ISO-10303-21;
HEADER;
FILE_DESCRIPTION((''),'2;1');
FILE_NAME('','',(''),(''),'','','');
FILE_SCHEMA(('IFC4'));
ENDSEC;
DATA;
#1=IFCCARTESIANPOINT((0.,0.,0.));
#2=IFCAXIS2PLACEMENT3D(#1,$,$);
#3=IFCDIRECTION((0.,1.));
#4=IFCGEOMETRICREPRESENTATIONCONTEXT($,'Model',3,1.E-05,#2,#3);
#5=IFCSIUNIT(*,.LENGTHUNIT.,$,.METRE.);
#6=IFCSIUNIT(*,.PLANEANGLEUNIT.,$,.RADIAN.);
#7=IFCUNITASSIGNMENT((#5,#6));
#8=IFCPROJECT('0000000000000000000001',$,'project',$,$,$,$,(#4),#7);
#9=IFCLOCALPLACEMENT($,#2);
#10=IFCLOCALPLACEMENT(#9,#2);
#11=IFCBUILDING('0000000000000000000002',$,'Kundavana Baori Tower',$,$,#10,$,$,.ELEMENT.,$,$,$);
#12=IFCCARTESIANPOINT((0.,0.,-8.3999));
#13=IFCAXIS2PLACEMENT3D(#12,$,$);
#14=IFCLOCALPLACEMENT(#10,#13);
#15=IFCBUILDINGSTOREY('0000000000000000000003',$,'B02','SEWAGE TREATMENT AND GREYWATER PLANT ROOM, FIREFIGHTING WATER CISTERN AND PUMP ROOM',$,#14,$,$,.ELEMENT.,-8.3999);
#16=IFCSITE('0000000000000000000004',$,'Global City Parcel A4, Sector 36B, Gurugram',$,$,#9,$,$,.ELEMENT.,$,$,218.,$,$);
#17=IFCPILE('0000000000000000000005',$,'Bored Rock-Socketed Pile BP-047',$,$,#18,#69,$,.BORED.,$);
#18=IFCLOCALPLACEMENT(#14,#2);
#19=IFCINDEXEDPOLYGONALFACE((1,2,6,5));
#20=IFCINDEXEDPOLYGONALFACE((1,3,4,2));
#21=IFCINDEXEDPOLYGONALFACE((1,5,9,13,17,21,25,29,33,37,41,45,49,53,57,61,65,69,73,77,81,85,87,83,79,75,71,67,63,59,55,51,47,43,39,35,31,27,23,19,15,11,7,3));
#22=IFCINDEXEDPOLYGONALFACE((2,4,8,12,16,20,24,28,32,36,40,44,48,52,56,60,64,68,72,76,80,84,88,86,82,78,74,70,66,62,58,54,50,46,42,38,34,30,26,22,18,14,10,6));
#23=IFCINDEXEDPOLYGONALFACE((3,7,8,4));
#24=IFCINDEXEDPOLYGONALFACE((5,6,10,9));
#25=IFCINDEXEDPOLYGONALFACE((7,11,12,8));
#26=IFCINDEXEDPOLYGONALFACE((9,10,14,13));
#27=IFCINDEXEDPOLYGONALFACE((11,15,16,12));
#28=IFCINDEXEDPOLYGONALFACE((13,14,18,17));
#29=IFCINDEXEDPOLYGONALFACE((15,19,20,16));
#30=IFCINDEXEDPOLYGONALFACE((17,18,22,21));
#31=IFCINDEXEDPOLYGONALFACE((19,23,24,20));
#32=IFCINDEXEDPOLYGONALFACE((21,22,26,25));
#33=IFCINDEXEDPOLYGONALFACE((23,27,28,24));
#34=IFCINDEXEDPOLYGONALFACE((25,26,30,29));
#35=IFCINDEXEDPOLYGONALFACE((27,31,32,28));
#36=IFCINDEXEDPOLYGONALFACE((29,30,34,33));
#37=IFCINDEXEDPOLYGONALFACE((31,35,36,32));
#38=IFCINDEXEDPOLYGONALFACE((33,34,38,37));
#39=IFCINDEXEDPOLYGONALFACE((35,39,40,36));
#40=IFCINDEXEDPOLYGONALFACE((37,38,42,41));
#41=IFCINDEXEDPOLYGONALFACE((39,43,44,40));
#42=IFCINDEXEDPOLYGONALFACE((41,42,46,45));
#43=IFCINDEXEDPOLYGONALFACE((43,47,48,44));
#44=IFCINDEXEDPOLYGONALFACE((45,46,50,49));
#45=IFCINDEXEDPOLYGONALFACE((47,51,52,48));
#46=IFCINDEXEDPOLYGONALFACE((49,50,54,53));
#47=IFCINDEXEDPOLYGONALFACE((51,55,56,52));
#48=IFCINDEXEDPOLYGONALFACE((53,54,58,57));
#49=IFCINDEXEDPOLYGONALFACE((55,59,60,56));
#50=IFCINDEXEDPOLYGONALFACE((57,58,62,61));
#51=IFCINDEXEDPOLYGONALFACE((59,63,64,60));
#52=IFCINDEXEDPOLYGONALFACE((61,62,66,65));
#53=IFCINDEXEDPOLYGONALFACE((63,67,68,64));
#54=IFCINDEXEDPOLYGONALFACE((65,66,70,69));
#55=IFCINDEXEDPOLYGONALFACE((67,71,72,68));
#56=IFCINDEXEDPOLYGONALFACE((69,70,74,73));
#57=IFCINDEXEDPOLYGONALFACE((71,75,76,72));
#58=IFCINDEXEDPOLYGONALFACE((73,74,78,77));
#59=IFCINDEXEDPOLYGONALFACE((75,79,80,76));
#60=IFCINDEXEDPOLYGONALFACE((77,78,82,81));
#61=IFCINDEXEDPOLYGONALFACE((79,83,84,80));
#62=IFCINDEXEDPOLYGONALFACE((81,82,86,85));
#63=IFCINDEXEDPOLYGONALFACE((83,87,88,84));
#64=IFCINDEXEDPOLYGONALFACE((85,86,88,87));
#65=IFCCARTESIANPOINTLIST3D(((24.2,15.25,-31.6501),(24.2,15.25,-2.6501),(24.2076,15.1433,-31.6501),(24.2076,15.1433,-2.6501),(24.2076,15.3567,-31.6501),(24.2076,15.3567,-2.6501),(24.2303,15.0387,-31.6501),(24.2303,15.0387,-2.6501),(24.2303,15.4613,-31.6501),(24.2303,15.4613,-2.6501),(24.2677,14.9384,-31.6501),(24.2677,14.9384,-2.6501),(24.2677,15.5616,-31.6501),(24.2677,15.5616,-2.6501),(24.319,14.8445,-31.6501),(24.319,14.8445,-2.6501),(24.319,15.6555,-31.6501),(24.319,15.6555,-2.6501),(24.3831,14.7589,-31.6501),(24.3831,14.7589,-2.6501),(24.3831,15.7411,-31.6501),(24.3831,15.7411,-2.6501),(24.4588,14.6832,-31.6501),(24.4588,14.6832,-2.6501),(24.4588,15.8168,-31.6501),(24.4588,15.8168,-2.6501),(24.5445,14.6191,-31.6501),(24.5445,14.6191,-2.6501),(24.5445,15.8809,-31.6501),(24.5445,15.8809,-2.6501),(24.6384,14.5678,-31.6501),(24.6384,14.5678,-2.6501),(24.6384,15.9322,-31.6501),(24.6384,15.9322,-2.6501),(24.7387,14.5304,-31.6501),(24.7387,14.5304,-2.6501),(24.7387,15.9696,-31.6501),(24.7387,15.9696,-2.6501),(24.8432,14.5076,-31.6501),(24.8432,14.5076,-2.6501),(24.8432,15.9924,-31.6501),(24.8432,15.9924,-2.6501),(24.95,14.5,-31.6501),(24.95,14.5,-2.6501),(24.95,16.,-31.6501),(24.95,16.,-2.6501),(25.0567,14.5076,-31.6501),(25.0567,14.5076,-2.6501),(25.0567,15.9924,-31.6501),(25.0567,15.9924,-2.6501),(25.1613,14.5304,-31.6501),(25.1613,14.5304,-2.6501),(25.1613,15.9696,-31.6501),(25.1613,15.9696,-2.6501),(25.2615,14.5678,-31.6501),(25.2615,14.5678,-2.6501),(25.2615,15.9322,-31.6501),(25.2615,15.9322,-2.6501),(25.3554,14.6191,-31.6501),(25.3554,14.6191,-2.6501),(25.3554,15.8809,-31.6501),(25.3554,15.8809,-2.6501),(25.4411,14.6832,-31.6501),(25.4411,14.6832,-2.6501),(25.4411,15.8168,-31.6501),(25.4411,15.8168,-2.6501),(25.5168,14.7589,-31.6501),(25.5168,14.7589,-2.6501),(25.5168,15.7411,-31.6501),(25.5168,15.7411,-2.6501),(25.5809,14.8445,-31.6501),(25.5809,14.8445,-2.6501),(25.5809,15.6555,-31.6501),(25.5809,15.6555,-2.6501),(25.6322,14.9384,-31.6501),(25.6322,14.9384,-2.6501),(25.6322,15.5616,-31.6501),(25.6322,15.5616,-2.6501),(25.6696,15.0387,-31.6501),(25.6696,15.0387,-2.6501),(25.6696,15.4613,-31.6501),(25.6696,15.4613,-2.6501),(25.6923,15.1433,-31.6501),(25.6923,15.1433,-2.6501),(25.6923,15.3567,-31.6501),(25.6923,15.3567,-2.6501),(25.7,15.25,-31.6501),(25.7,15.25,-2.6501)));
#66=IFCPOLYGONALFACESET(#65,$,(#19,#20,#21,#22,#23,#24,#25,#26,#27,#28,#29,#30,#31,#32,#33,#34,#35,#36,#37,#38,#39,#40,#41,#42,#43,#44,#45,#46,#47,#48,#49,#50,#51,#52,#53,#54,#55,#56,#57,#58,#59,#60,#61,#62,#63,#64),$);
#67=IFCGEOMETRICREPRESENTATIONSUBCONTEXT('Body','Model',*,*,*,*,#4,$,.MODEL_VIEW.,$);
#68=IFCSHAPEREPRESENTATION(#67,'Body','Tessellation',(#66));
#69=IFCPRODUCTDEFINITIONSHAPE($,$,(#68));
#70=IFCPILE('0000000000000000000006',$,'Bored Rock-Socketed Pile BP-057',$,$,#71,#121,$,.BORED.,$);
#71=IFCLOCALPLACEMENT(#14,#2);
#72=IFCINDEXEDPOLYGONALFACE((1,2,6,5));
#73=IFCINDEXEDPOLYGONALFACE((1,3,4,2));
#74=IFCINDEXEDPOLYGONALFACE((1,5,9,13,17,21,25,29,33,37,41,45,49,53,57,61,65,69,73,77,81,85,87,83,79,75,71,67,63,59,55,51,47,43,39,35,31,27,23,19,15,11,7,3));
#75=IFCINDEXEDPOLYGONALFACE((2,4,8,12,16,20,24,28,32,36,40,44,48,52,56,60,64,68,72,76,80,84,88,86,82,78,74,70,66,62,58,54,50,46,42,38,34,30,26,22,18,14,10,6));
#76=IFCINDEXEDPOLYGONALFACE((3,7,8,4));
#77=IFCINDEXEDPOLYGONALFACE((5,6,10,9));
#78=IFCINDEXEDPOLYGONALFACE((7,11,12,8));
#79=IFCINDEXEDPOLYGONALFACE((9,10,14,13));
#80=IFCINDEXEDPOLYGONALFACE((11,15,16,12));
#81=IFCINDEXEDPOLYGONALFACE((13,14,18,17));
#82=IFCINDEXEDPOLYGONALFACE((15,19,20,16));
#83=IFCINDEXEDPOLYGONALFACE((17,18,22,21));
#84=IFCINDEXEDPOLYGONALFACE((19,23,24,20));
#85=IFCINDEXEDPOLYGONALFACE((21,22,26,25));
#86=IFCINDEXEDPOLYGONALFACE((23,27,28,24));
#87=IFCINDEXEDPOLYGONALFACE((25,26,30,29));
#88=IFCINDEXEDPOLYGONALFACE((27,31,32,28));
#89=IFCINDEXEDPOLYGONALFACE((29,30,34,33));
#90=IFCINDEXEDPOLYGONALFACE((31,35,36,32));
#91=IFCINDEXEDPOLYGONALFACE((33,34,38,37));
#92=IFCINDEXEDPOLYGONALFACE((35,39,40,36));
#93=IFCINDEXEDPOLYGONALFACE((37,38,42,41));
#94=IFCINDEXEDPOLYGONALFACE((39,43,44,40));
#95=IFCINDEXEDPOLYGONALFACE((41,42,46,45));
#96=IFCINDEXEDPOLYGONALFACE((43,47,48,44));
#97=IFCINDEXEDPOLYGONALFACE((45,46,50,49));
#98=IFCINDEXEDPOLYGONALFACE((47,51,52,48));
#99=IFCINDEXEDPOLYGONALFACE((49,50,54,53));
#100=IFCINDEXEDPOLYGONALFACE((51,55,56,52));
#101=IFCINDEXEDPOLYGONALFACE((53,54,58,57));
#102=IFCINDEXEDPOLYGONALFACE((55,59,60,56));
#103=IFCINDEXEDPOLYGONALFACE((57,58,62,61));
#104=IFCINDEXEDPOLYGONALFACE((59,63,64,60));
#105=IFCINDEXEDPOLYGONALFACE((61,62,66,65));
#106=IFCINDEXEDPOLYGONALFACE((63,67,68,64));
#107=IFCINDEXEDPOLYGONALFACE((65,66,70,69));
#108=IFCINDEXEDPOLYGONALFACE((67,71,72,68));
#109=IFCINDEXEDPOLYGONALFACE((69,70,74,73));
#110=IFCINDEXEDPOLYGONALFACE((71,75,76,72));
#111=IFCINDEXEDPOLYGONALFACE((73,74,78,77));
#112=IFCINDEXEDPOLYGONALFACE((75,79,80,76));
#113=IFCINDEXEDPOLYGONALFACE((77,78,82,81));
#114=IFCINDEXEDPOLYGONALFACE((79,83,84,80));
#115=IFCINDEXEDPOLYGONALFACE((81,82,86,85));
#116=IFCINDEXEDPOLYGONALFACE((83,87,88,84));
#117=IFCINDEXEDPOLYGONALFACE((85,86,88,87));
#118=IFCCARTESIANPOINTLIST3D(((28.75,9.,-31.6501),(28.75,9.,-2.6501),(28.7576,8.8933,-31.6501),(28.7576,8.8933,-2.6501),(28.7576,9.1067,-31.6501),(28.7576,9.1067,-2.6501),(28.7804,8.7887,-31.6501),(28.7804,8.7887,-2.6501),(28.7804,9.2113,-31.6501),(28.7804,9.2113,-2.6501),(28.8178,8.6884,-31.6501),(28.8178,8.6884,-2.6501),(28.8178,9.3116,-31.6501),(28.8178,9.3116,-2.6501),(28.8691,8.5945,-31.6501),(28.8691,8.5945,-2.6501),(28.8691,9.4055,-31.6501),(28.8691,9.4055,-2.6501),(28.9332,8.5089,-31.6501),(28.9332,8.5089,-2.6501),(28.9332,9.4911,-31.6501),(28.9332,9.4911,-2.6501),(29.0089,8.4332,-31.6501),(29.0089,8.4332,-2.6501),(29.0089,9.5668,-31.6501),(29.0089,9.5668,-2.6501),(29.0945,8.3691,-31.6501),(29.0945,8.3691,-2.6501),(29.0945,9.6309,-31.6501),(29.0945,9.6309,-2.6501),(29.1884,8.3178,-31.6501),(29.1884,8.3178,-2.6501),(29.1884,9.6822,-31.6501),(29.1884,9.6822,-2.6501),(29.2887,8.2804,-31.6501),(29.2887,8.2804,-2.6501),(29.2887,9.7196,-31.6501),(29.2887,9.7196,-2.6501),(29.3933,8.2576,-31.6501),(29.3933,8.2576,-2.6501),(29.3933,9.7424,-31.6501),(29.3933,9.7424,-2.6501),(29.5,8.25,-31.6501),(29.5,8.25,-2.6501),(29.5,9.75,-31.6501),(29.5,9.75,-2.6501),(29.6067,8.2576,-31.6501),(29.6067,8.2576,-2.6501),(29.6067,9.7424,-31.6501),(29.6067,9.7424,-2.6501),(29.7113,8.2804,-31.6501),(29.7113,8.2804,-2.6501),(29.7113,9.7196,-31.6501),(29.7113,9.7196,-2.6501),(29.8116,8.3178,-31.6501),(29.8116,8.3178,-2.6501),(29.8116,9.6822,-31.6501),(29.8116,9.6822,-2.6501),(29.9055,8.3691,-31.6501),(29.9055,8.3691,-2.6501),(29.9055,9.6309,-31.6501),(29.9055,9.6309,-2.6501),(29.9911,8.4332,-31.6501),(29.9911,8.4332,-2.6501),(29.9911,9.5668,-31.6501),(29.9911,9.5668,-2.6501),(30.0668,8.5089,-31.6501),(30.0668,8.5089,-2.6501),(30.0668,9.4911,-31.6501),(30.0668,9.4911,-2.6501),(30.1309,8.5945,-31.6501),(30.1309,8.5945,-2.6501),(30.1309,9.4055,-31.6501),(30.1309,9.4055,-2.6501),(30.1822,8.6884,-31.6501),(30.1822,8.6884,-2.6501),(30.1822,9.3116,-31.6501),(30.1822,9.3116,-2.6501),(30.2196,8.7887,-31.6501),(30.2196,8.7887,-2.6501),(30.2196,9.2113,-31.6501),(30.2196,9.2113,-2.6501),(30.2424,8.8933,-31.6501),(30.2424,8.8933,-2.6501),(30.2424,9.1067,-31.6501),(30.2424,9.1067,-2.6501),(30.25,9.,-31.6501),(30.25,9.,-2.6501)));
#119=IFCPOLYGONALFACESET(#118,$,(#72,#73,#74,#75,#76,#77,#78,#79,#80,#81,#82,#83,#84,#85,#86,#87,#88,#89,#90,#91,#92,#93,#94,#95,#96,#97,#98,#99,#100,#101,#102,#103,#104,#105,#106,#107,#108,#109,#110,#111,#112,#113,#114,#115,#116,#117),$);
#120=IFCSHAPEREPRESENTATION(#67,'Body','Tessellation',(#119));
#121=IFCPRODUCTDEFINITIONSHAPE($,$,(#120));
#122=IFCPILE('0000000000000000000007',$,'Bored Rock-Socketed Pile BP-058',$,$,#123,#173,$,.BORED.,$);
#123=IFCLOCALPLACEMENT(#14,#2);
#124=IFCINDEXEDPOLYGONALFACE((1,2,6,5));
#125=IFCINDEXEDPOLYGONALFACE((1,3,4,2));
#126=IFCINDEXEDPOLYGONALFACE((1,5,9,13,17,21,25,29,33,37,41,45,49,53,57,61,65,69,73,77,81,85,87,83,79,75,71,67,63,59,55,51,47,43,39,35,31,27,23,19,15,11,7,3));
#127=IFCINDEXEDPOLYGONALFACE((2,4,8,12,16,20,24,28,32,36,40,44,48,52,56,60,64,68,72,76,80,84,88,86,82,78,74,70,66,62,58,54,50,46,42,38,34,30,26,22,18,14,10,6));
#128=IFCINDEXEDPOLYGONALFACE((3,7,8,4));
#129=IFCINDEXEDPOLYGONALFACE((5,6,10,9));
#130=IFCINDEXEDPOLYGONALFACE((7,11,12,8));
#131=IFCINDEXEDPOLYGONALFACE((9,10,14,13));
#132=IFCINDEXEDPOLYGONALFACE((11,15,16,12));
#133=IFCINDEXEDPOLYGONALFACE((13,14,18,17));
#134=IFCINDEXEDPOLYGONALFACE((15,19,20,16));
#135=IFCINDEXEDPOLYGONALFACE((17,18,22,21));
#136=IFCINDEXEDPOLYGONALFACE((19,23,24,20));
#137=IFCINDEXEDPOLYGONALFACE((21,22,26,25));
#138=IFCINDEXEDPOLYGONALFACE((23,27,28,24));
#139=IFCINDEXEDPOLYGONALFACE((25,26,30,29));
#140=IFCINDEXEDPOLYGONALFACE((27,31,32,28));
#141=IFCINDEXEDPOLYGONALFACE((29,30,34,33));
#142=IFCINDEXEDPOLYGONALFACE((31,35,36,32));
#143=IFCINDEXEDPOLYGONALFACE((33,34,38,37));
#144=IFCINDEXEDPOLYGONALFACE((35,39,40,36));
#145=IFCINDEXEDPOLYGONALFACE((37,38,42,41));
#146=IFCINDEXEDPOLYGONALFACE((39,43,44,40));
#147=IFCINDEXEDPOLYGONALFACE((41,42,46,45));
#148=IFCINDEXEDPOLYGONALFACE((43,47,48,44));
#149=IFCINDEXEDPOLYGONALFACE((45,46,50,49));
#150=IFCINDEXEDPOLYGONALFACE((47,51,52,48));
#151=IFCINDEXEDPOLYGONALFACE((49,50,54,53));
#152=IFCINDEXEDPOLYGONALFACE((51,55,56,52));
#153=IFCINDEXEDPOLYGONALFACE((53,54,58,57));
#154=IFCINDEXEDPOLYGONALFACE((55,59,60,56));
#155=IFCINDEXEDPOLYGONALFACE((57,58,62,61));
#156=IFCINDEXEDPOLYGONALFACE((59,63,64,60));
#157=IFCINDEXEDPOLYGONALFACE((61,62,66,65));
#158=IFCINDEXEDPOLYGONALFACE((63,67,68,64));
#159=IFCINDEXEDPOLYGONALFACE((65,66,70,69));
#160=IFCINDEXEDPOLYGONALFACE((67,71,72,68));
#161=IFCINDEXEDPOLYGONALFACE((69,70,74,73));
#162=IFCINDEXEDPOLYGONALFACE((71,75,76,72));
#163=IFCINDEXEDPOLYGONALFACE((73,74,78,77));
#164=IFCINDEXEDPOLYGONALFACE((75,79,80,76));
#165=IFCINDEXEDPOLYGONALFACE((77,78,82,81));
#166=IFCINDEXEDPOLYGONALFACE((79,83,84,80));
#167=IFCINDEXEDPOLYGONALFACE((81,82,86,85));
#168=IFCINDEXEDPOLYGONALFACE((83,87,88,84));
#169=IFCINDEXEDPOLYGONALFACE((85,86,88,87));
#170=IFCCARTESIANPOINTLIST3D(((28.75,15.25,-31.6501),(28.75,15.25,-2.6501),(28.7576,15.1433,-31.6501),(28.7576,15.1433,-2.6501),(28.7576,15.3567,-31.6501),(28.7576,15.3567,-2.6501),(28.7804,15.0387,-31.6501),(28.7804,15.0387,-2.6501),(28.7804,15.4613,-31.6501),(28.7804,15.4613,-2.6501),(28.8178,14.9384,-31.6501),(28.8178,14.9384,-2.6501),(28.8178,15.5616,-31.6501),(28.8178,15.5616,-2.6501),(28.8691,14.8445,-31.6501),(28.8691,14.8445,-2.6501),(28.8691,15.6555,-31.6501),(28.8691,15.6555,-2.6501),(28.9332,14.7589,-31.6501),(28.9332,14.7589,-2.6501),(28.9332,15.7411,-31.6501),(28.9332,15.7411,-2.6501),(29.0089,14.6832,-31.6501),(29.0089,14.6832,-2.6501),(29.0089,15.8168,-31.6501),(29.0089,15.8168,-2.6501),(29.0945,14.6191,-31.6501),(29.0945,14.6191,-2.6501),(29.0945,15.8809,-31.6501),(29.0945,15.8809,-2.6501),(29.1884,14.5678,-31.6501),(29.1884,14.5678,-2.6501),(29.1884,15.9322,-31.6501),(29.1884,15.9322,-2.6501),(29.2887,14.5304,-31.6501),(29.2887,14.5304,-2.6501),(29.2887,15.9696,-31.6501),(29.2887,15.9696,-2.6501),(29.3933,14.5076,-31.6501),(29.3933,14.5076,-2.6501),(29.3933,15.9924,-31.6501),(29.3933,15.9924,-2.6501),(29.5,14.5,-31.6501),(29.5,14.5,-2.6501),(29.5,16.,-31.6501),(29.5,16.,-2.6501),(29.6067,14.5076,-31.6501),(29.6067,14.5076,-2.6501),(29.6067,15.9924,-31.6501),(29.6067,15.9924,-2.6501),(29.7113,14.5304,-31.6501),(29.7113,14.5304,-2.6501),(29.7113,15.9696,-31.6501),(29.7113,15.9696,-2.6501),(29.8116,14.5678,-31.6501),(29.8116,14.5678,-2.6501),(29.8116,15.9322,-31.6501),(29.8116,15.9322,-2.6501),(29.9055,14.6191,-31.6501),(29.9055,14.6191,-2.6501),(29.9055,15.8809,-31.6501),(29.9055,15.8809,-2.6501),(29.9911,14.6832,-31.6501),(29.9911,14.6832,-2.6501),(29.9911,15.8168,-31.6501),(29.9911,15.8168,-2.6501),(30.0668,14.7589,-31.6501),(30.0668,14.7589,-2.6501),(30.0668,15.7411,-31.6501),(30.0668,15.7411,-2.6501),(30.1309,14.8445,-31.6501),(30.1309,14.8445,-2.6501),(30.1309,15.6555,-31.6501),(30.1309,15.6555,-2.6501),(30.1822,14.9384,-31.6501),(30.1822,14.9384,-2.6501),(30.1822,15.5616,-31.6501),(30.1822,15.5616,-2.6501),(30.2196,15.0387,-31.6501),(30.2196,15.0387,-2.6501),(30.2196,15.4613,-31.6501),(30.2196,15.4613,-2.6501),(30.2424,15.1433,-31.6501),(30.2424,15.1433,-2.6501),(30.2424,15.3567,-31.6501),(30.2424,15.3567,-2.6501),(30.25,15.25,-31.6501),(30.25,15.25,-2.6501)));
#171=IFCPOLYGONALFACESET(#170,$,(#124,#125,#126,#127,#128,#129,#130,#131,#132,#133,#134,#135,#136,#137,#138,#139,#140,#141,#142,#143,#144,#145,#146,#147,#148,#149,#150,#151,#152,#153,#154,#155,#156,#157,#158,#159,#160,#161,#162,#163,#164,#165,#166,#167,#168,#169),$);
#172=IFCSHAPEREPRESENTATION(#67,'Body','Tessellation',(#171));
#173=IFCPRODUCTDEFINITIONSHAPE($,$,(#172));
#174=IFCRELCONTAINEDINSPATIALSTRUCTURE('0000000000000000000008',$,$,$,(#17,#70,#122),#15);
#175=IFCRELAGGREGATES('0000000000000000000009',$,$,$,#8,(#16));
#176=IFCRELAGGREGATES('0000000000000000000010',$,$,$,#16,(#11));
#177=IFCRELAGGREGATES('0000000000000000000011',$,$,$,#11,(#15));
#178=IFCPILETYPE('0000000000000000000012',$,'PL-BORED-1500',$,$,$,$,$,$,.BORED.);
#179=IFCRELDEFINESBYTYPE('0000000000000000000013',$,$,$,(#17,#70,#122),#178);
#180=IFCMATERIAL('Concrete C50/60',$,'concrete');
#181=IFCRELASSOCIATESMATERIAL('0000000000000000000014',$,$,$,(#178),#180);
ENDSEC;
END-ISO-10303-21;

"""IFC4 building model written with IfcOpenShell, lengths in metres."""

from ifc_helpers import new_model, si_unit, direction, frame, origin, origin_2d, place, context, subcontext, project, spatial, circle, extrude, material, material_profile, profile_set, type_object, element, save


model = new_model("IFC4")

# Units and contexts
model_context = context("Model", 3, precision=1e-05, world=origin(), true_north=direction((0.0, 1.0)))
body_context = subcontext(model_context, "Body", "Model", "MODEL_VIEW")
ifc_project = project(units=[si_unit("LENGTHUNIT", "METRE"), si_unit("PLANEANGLEUNIT", "RADIAN")], contexts=[model_context])

# Site, building, storey
site_placement = place(None, origin())
site = spatial("IfcSite", under=ifc_project, at=site_placement, Name="Global City Parcel A4, Sector 36B, Gurugram", CompositionType="ELEMENT", RefElevation=218.0)
building_placement = place(site_placement, origin())
building = spatial("IfcBuilding", under=site, at=building_placement, Name="Kundavana Baori Tower", CompositionType="ELEMENT")
storey_placement = place(building_placement, frame((0.0, 0.0, -8.3999)))
storey = spatial("IfcBuildingStorey", under=building, at=storey_placement, Name="B02", Description="SEWAGE TREATMENT AND GREYWATER PLANT ROOM, FIREFIGHTING WATER CISTERN AND PUMP ROOM", CompositionType="ELEMENT", Elevation=-8.3999)

# Piles
ifc_material_1 = material(Name="Concrete C50/60", Category="concrete")
ifc_material_profile_1 = material_profile(ifc_material_1, circle(Radius=0.75, at=origin_2d()), Name="BORED PILE D1500")
ifc_profile_set_1 = profile_set([ifc_material_profile_1], Name="Concrete C50/60")
pile_type_1 = type_object("IfcPileType", Name="PL-BORED-1500", PredefinedType="BORED", material=ifc_profile_set_1)
for number, where, z_axis, x_axis, name in (
    (1, (24.95, 15.25, -2.6501), (0.0, 0.0, -1.0), (1.0, 0.0, 0.0), "Bored Rock-Socketed Pile BP-047"),
    (2, (29.5, 9.0, -2.6501), (0.0, 0.0, -1.0), (1.0, 0.0, 0.0), "Bored Rock-Socketed Pile BP-057"),
    (3, (29.5, 15.25, -2.6501), (0.0, 0.0, -1.0), (1.0, 0.0, 0.0), "Bored Rock-Socketed Pile BP-058"),
):
    element("IfcPile", number, at=place(storey_placement, frame(where, z_axis=z_axis, x_axis=x_axis)), inside=storey, type_object=pile_type_1, Name=name, PredefinedType="BORED", context=body_context, shape_type="SweptSolid", body=[
        extrude(circle(Radius=0.75, at=origin_2d()), origin(), (0.0, 0.0, 1.0), 29.0),
    ])

save(model, "model.ifc")
